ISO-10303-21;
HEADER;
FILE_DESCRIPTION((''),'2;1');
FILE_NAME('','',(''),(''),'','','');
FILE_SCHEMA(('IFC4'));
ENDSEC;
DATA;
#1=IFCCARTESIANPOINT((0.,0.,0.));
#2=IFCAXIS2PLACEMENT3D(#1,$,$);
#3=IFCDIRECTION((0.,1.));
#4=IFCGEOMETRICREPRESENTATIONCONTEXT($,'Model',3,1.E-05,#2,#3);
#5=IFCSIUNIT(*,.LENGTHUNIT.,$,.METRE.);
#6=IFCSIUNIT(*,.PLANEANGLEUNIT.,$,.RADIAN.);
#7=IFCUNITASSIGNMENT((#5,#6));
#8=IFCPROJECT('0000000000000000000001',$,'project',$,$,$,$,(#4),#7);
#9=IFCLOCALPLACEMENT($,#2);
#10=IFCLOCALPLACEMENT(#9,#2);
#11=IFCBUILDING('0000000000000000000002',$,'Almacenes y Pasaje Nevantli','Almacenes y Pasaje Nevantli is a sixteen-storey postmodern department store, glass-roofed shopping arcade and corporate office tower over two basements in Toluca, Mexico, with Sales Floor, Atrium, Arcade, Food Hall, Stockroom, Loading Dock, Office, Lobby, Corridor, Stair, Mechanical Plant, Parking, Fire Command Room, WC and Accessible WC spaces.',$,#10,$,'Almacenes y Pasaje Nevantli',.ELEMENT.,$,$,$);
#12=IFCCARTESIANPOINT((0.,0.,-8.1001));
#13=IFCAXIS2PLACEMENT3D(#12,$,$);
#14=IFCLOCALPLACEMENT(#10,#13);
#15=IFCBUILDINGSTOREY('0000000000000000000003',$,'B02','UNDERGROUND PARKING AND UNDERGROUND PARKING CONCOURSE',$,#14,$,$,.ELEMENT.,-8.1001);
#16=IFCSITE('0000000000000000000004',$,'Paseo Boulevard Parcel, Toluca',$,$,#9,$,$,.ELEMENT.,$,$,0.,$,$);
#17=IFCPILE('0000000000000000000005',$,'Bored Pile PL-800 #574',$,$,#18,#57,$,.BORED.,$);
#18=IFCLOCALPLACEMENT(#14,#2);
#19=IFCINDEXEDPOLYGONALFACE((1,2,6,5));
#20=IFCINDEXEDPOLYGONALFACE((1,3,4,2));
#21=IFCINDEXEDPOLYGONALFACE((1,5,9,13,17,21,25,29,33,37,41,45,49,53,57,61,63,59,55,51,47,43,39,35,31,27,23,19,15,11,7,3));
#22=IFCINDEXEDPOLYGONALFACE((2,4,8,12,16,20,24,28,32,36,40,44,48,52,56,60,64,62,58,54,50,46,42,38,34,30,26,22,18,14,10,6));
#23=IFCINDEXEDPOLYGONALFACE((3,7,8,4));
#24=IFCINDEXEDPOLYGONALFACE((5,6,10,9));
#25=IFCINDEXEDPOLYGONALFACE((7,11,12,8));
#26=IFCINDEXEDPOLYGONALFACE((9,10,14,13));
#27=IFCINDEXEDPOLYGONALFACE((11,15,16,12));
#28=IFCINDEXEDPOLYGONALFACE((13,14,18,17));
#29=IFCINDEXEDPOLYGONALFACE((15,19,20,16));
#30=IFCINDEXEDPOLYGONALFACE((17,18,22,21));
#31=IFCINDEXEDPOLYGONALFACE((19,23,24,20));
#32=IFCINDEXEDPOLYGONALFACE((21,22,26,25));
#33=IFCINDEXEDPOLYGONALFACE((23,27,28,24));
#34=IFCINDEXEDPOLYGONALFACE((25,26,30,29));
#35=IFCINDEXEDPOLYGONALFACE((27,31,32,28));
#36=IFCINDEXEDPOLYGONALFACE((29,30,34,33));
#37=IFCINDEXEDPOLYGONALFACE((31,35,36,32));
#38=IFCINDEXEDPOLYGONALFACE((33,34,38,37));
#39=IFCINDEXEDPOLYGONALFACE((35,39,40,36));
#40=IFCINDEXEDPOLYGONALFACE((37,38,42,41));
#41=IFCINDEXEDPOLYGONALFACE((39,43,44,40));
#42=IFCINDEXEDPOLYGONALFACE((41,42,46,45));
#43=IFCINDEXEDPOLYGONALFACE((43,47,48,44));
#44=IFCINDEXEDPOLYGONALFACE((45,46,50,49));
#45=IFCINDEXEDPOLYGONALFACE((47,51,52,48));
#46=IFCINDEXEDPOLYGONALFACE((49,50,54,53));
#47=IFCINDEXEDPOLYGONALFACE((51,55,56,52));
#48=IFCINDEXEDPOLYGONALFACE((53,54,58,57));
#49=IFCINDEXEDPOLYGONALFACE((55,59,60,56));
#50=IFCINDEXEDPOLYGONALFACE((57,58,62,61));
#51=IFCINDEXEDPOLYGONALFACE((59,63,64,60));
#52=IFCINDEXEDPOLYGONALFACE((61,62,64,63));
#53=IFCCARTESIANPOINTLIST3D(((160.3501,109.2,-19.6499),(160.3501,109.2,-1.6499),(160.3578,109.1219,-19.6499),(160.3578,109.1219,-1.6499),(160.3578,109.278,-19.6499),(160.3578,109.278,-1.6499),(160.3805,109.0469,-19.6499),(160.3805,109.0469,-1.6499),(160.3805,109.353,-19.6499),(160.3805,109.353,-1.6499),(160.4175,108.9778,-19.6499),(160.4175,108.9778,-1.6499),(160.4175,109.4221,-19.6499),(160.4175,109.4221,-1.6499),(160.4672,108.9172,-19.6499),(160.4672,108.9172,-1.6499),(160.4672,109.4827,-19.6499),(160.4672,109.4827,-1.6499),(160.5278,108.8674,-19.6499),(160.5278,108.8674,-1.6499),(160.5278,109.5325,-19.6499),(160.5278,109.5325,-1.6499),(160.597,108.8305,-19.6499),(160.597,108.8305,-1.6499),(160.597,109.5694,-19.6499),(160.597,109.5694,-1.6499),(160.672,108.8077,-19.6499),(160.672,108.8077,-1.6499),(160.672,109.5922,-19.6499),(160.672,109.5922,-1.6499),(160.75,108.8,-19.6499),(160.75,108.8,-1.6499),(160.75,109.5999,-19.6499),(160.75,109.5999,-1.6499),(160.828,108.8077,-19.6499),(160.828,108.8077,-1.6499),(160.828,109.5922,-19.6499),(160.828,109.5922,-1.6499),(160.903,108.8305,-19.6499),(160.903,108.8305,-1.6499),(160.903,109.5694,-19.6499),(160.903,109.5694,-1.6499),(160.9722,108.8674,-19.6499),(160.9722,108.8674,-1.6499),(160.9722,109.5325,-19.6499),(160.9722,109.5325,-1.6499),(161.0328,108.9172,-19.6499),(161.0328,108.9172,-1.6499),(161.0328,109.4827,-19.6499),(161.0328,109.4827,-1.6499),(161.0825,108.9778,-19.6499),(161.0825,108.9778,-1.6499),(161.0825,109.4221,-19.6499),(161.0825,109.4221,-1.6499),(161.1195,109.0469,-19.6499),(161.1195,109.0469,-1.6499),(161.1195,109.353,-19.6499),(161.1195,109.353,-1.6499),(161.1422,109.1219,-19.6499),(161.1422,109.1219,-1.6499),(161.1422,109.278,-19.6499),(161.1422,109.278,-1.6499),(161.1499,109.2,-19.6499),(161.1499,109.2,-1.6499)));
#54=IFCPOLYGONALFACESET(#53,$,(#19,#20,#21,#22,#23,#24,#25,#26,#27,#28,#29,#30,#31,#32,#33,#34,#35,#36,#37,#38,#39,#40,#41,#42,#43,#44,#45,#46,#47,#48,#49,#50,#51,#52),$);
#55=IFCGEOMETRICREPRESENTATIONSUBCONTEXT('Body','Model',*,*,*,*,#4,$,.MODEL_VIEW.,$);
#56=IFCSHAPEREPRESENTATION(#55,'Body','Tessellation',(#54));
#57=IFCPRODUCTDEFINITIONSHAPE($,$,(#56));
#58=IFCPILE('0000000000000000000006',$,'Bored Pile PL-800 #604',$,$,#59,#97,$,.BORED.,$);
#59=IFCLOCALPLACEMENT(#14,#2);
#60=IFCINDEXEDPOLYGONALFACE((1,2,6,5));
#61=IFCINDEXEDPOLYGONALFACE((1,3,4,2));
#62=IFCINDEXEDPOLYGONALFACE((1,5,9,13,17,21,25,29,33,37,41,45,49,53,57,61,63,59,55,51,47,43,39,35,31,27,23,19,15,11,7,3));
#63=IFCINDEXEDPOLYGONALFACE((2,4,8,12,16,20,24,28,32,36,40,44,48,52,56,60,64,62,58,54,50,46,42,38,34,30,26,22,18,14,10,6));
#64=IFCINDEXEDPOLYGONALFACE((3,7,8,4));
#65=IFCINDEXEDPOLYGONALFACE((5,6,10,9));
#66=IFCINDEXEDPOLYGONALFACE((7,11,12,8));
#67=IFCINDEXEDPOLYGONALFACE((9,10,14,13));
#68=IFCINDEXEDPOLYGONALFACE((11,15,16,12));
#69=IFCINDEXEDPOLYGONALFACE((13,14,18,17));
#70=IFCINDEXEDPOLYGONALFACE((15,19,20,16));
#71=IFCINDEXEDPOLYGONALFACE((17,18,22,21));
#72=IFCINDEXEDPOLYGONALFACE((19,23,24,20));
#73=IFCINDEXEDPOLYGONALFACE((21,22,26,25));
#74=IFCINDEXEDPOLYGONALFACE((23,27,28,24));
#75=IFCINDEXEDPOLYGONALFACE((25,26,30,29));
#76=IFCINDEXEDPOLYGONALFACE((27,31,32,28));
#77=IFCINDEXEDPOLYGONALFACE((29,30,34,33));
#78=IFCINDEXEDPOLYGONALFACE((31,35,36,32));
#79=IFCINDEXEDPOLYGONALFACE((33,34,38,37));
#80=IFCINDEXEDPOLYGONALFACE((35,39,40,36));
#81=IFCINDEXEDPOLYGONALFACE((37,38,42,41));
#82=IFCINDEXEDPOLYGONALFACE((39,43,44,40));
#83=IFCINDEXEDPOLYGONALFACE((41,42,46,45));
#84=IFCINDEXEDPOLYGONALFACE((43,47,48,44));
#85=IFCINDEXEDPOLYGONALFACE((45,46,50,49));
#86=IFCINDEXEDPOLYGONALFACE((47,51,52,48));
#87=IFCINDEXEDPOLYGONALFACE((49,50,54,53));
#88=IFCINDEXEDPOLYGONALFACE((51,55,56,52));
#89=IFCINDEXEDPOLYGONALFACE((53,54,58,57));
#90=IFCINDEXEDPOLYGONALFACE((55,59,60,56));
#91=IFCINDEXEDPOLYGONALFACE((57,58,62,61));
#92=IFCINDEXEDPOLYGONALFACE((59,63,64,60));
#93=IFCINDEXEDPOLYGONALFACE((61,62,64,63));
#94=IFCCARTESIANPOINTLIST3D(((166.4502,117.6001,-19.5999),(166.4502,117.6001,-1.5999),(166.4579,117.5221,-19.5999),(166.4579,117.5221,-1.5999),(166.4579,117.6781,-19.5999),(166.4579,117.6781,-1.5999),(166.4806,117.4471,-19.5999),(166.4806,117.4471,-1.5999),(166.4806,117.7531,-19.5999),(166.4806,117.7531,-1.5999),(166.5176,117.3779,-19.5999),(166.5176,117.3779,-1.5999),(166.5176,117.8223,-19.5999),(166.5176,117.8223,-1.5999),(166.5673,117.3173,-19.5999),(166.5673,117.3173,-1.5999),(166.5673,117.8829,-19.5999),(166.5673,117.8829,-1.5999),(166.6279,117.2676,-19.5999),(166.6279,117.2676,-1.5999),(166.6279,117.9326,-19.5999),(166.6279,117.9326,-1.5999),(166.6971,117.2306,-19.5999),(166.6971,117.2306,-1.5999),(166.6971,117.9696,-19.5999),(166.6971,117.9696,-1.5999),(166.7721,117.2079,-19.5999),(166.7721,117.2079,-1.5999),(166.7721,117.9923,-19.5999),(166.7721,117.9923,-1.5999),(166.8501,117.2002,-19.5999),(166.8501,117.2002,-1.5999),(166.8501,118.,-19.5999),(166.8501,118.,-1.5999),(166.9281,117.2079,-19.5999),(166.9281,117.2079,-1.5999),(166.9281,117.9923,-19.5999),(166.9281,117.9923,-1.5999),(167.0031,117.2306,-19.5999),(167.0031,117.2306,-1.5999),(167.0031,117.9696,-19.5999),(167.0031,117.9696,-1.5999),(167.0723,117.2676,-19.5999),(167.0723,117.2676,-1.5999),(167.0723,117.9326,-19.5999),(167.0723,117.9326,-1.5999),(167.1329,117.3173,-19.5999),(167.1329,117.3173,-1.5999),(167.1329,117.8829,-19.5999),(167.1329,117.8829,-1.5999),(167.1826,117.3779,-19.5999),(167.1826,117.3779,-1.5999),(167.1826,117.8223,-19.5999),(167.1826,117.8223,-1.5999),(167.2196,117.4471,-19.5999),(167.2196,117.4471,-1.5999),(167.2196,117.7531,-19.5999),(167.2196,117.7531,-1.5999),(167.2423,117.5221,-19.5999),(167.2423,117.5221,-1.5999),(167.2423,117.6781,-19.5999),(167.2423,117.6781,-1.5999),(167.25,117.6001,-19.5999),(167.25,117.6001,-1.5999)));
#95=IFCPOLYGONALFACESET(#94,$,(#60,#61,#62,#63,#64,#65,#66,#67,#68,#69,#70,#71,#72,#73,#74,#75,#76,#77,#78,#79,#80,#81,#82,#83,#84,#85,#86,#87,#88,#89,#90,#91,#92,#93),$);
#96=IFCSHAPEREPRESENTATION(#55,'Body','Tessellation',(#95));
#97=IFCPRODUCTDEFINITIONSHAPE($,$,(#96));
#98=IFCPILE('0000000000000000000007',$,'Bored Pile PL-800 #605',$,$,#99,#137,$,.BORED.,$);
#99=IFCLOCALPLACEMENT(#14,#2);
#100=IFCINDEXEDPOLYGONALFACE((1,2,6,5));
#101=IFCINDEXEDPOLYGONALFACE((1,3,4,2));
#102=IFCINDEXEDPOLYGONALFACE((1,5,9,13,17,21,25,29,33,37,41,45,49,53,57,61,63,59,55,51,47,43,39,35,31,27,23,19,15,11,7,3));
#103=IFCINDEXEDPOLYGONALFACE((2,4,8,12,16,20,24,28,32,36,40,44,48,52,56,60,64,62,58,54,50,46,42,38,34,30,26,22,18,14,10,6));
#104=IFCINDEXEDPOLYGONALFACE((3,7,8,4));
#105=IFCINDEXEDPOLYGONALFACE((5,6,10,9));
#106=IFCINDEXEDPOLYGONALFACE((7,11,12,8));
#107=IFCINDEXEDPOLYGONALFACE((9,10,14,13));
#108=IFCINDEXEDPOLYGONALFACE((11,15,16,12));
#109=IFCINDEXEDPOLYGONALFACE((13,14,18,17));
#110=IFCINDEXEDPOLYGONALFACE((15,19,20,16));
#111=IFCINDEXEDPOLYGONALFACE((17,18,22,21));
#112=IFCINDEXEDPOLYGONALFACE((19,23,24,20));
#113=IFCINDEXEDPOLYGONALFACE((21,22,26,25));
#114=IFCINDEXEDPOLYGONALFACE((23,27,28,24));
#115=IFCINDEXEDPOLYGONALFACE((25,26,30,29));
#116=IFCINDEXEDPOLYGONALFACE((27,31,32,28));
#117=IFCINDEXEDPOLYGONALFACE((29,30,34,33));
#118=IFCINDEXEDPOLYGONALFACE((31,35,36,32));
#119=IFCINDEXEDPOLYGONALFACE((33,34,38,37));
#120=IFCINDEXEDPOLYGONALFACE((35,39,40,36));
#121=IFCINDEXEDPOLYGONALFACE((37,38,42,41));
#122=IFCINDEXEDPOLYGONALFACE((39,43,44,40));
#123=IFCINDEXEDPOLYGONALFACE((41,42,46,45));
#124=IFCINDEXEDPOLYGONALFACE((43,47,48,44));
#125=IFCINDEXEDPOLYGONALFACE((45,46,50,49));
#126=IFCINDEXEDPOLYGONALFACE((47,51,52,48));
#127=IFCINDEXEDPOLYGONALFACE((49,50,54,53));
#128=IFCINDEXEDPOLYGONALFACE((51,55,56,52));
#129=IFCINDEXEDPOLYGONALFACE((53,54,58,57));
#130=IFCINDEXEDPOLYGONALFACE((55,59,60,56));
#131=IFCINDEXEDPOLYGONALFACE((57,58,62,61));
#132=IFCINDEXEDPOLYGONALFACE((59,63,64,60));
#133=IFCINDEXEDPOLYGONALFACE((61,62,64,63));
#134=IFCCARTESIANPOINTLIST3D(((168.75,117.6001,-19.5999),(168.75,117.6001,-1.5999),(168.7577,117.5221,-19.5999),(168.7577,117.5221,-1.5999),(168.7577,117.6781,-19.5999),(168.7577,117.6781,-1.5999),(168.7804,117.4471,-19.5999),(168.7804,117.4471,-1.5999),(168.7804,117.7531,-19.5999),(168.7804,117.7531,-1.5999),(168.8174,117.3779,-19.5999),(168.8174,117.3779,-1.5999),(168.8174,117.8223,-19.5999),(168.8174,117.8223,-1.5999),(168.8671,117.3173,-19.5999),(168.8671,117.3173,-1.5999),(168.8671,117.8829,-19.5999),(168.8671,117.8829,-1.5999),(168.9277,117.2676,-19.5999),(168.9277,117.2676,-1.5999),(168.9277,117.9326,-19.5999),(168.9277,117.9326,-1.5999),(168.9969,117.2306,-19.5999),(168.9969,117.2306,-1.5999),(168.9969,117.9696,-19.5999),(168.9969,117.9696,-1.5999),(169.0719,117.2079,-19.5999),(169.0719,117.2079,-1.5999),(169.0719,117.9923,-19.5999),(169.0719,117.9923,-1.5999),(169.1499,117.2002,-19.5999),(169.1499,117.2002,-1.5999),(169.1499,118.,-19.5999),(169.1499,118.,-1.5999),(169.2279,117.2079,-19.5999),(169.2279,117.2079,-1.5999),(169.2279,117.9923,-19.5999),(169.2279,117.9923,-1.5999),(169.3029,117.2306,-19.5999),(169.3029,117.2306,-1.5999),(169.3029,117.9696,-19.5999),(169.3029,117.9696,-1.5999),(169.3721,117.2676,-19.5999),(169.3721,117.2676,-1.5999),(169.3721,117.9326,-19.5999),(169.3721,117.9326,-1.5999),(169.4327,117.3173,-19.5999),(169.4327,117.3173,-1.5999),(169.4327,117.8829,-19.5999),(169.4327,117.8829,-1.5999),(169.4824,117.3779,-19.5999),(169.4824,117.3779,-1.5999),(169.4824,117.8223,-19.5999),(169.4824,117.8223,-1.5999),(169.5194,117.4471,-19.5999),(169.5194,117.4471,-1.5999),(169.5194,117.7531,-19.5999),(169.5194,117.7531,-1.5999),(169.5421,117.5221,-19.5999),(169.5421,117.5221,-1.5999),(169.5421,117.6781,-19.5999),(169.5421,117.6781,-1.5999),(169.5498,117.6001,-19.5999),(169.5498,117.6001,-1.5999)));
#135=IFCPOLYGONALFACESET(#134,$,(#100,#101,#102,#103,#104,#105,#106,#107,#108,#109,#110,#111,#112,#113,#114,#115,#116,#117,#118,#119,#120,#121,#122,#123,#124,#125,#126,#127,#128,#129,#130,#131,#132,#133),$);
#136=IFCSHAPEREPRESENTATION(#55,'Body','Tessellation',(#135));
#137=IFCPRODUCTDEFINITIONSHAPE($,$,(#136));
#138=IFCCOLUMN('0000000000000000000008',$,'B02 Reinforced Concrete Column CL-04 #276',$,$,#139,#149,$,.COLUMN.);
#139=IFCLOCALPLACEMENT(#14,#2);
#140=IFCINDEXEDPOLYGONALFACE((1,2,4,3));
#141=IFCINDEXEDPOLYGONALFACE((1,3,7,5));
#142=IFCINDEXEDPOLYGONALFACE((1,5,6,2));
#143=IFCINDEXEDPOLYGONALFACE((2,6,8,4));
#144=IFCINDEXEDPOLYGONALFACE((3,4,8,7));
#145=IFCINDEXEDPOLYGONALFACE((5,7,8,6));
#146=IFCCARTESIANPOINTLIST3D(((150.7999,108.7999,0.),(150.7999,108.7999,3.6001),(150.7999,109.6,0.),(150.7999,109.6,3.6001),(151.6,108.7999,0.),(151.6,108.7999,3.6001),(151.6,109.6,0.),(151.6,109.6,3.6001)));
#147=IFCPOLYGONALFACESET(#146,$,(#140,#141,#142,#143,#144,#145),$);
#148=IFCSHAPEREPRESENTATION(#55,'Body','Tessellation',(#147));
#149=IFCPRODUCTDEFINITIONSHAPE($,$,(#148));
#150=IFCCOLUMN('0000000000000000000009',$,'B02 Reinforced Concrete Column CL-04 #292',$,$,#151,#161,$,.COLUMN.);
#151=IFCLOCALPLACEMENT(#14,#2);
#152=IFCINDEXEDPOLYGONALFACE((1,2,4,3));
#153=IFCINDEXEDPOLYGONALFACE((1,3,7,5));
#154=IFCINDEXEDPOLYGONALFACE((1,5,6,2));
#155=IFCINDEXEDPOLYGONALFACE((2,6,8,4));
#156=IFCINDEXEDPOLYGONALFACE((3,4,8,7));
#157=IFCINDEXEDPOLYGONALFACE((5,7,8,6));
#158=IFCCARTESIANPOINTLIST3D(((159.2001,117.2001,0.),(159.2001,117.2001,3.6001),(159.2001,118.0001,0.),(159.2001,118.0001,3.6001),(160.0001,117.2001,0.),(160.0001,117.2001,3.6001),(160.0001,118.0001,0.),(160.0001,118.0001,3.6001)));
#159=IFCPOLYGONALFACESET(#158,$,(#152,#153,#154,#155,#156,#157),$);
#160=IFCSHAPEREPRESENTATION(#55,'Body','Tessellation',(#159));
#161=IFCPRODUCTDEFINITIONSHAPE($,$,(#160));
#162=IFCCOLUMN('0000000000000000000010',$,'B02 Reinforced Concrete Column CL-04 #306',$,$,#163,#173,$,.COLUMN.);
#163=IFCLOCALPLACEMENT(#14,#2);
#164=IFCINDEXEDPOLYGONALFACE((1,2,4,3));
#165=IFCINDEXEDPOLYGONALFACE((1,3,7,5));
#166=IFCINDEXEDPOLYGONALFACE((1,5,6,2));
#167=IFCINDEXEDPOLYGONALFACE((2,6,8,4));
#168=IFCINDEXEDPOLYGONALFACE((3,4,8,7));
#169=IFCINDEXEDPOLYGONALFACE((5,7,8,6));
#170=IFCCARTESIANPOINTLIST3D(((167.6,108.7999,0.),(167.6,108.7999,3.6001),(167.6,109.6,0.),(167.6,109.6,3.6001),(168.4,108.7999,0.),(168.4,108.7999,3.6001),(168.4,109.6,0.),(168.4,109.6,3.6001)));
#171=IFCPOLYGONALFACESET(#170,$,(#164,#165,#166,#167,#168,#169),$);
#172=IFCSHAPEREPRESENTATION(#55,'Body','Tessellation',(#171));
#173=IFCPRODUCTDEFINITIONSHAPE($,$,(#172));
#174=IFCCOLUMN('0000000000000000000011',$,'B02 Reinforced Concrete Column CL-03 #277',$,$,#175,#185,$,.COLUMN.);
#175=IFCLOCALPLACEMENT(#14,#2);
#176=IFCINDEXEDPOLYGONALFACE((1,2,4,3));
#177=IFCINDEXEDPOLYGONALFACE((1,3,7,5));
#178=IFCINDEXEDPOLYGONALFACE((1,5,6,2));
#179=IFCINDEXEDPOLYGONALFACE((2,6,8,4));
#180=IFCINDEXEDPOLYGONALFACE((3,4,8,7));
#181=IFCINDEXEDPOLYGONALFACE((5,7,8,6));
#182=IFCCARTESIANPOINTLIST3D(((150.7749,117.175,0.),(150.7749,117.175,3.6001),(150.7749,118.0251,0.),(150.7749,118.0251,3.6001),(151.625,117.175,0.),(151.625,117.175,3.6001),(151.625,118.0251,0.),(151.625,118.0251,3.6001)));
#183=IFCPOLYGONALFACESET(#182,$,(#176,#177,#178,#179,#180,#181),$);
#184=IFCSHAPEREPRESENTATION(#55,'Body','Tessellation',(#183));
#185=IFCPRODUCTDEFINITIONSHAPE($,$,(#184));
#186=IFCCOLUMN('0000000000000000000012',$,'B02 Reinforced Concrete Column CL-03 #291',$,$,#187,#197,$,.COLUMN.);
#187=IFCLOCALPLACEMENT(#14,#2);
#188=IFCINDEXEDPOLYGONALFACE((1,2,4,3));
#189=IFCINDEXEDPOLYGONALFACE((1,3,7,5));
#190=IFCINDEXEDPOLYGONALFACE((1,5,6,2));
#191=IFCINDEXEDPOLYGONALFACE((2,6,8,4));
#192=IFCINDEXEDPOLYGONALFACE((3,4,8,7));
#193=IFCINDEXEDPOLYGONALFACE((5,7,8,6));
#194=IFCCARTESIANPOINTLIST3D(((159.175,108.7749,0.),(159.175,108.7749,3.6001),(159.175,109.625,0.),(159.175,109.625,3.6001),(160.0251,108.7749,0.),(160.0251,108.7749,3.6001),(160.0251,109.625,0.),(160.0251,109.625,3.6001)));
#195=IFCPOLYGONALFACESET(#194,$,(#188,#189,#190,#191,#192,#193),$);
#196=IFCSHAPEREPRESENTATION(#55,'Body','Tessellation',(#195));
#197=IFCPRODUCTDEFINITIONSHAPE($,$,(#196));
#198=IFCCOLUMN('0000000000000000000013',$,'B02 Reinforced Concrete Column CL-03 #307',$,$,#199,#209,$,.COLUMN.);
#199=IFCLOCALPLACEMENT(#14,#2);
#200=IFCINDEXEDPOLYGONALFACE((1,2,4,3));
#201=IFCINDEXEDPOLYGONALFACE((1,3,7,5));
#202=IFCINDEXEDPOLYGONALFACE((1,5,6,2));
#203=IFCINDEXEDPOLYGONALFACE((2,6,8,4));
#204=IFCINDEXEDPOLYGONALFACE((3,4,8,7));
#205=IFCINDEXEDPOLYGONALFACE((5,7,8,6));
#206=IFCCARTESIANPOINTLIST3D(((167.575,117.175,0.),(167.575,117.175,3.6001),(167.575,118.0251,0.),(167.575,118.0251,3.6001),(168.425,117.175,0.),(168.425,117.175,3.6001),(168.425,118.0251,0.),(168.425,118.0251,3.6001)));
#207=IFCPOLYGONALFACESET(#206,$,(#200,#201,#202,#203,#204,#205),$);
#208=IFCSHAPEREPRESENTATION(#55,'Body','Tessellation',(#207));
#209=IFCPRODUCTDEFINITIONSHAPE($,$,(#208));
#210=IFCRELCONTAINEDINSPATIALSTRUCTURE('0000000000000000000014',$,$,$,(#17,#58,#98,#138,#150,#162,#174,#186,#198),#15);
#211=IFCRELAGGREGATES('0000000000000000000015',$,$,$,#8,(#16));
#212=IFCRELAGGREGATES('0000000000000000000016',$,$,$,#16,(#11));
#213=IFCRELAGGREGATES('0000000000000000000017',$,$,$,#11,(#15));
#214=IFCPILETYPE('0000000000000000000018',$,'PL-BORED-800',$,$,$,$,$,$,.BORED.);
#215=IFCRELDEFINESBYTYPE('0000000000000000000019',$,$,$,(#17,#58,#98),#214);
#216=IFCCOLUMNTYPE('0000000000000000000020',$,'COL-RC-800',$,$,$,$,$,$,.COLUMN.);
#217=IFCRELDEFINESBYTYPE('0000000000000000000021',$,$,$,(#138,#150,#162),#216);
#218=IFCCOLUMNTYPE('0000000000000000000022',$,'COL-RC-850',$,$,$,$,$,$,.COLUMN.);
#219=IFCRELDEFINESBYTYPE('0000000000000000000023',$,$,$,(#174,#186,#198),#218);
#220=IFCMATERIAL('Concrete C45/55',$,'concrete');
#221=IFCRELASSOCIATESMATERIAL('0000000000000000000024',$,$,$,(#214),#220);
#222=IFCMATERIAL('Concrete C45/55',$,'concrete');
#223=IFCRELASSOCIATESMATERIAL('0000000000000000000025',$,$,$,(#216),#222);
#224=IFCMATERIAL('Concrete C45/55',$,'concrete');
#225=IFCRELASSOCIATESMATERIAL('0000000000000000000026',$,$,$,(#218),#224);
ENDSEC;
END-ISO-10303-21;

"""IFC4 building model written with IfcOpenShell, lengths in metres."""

from ifc_helpers import new_model, si_unit, direction, frame, origin, origin_2d, place, context, subcontext, project, spatial, rectangle, circle, extrude, material, material_profile, profile_set, type_object, element, save


model = new_model("IFC4")

# Units and contexts
model_context = context("Model", 3, precision=1e-05, world=origin(), true_north=direction((0.0, 1.0)))
body_context = subcontext(model_context, "Body", "Model", "MODEL_VIEW")
ifc_project = project(units=[si_unit("LENGTHUNIT", "METRE"), si_unit("PLANEANGLEUNIT", "RADIAN")], contexts=[model_context])

# Site, building, storey
site_placement = place(None, origin())
site = spatial("IfcSite", under=ifc_project, at=site_placement, Name="Paseo Boulevard Parcel, Toluca", CompositionType="ELEMENT", RefElevation=0.0)
building_placement = place(site_placement, origin())
building = spatial("IfcBuilding", under=site, at=building_placement, Name="Almacenes y Pasaje Nevantli", Description="Almacenes y Pasaje Nevantli is a sixteen-storey postmodern department store, glass-roofed shopping arcade and corporate office tower over two basements in Toluca, Mexico, with Sales Floor, Atrium, Arcade, Food Hall, Stockroom, Loading Dock, Office, Lobby, Corridor, Stair, Mechanical Plant, Parking, Fire Command Room, WC and Accessible WC spaces.", LongName="Almacenes y Pasaje Nevantli", CompositionType="ELEMENT")
storey_placement = place(building_placement, frame((0.0, 0.0, -8.1001)))
storey = spatial("IfcBuildingStorey", under=building, at=storey_placement, Name="B02", Description="UNDERGROUND PARKING AND UNDERGROUND PARKING CONCOURSE", CompositionType="ELEMENT", Elevation=-8.1001)

# Piles
ifc_material_1 = material(Name="Concrete C45/55", Category="concrete")
ifc_material_profile_1 = material_profile(ifc_material_1, circle(Radius=0.3999, at=origin_2d()), Name="RC-PILE-D800")
ifc_profile_set_1 = profile_set([ifc_material_profile_1], Name="Concrete C45/55")
pile_type_1 = type_object("IfcPileType", Name="PL-BORED-800", PredefinedType="BORED", material=ifc_profile_set_1)
for number, where, z_axis, x_axis, name in (
    (1, (160.75, 109.2, -1.6499), (0.0, 0.0, -1.0), (1.0, 0.0, 0.0), "Bored Pile PL-800 #574"),
    (2, (166.8501, 117.6001, -1.5999), (0.0, 0.0, -1.0), (1.0, 0.0, 0.0), "Bored Pile PL-800 #604"),
    (3, (169.1499, 117.6001, -1.5999), (0.0, 0.0, -1.0), (1.0, 0.0, 0.0), "Bored Pile PL-800 #605"),
):
    element("IfcPile", number, at=place(storey_placement, frame(where, z_axis=z_axis, x_axis=x_axis)), inside=storey, type_object=pile_type_1, Name=name, PredefinedType="BORED", context=body_context, shape_type="SweptSolid", body=[
        extrude(circle(Radius=0.3999, at=origin_2d()), origin(), (0.0, 0.0, 1.0), 18.0),
    ])

# Columns
ifc_material_2 = material(Name="Concrete C45/55", Category="concrete")
ifc_material_profile_2 = material_profile(ifc_material_2, rectangle(XDim=0.8, YDim=0.8, at=origin_2d()), Name="RC-COL-800x800")
ifc_profile_set_2 = profile_set([ifc_material_profile_2], Name="Concrete C45/55")
column_type_1 = type_object("IfcColumnType", Name="COL-RC-800", PredefinedType="COLUMN", material=ifc_profile_set_2)
for number, where, z_axis, x_axis, name in (
    (4, (151.2, 109.2, 0.0), (0.0, 0.0, 1.0), (1.0, 0.0, 0.0), "B02 Reinforced Concrete Column CL-04 #276"),
    (5, (159.6001, 117.6001, 0.0), (0.0, 0.0, 1.0), (1.0, 0.0, 0.0), "B02 Reinforced Concrete Column CL-04 #292"),
    (6, (168.0, 109.2, 0.0), (0.0, 0.0, 1.0), (1.0, 0.0, 0.0), "B02 Reinforced Concrete Column CL-04 #306"),
):
    element("IfcColumn", number, at=place(storey_placement, frame(where, z_axis=z_axis, x_axis=x_axis)), inside=storey, type_object=column_type_1, Name=name, PredefinedType="COLUMN", context=body_context, shape_type="SweptSolid", body=[
        extrude(rectangle(XDim=0.8, YDim=0.8, at=origin_2d()), origin(), (0.0, 0.0, 1.0), 3.6001),
    ])
ifc_material_3 = material(Name="Concrete C45/55", Category="concrete")
ifc_material_profile_3 = material_profile(ifc_material_3, rectangle(XDim=0.8501, YDim=0.8501, at=origin_2d()), Name="RC-COL-850x850")
ifc_profile_set_3 = profile_set([ifc_material_profile_3], Name="Concrete C45/55")
column_type_2 = type_object("IfcColumnType", Name="COL-RC-850", PredefinedType="COLUMN", material=ifc_profile_set_3)
for number, where, z_axis, x_axis, name in (
    (7, (151.2, 117.6001, 0.0), (0.0, 0.0, 1.0), (1.0, 0.0, 0.0), "B02 Reinforced Concrete Column CL-03 #277"),
    (8, (159.6001, 109.2, 0.0), (0.0, 0.0, 1.0), (1.0, 0.0, 0.0), "B02 Reinforced Concrete Column CL-03 #291"),
    (9, (168.0, 117.6001, 0.0), (0.0, 0.0, 1.0), (1.0, 0.0, 0.0), "B02 Reinforced Concrete Column CL-03 #307"),
):
    element("IfcColumn", number, at=place(storey_placement, frame(where, z_axis=z_axis, x_axis=x_axis)), inside=storey, type_object=column_type_2, Name=name, PredefinedType="COLUMN", context=body_context, shape_type="SweptSolid", body=[
        extrude(rectangle(XDim=0.8501, YDim=0.8501, at=origin_2d()), origin(), (0.0, 0.0, 1.0), 3.6001),
    ])

save(model, "model.ifc")
